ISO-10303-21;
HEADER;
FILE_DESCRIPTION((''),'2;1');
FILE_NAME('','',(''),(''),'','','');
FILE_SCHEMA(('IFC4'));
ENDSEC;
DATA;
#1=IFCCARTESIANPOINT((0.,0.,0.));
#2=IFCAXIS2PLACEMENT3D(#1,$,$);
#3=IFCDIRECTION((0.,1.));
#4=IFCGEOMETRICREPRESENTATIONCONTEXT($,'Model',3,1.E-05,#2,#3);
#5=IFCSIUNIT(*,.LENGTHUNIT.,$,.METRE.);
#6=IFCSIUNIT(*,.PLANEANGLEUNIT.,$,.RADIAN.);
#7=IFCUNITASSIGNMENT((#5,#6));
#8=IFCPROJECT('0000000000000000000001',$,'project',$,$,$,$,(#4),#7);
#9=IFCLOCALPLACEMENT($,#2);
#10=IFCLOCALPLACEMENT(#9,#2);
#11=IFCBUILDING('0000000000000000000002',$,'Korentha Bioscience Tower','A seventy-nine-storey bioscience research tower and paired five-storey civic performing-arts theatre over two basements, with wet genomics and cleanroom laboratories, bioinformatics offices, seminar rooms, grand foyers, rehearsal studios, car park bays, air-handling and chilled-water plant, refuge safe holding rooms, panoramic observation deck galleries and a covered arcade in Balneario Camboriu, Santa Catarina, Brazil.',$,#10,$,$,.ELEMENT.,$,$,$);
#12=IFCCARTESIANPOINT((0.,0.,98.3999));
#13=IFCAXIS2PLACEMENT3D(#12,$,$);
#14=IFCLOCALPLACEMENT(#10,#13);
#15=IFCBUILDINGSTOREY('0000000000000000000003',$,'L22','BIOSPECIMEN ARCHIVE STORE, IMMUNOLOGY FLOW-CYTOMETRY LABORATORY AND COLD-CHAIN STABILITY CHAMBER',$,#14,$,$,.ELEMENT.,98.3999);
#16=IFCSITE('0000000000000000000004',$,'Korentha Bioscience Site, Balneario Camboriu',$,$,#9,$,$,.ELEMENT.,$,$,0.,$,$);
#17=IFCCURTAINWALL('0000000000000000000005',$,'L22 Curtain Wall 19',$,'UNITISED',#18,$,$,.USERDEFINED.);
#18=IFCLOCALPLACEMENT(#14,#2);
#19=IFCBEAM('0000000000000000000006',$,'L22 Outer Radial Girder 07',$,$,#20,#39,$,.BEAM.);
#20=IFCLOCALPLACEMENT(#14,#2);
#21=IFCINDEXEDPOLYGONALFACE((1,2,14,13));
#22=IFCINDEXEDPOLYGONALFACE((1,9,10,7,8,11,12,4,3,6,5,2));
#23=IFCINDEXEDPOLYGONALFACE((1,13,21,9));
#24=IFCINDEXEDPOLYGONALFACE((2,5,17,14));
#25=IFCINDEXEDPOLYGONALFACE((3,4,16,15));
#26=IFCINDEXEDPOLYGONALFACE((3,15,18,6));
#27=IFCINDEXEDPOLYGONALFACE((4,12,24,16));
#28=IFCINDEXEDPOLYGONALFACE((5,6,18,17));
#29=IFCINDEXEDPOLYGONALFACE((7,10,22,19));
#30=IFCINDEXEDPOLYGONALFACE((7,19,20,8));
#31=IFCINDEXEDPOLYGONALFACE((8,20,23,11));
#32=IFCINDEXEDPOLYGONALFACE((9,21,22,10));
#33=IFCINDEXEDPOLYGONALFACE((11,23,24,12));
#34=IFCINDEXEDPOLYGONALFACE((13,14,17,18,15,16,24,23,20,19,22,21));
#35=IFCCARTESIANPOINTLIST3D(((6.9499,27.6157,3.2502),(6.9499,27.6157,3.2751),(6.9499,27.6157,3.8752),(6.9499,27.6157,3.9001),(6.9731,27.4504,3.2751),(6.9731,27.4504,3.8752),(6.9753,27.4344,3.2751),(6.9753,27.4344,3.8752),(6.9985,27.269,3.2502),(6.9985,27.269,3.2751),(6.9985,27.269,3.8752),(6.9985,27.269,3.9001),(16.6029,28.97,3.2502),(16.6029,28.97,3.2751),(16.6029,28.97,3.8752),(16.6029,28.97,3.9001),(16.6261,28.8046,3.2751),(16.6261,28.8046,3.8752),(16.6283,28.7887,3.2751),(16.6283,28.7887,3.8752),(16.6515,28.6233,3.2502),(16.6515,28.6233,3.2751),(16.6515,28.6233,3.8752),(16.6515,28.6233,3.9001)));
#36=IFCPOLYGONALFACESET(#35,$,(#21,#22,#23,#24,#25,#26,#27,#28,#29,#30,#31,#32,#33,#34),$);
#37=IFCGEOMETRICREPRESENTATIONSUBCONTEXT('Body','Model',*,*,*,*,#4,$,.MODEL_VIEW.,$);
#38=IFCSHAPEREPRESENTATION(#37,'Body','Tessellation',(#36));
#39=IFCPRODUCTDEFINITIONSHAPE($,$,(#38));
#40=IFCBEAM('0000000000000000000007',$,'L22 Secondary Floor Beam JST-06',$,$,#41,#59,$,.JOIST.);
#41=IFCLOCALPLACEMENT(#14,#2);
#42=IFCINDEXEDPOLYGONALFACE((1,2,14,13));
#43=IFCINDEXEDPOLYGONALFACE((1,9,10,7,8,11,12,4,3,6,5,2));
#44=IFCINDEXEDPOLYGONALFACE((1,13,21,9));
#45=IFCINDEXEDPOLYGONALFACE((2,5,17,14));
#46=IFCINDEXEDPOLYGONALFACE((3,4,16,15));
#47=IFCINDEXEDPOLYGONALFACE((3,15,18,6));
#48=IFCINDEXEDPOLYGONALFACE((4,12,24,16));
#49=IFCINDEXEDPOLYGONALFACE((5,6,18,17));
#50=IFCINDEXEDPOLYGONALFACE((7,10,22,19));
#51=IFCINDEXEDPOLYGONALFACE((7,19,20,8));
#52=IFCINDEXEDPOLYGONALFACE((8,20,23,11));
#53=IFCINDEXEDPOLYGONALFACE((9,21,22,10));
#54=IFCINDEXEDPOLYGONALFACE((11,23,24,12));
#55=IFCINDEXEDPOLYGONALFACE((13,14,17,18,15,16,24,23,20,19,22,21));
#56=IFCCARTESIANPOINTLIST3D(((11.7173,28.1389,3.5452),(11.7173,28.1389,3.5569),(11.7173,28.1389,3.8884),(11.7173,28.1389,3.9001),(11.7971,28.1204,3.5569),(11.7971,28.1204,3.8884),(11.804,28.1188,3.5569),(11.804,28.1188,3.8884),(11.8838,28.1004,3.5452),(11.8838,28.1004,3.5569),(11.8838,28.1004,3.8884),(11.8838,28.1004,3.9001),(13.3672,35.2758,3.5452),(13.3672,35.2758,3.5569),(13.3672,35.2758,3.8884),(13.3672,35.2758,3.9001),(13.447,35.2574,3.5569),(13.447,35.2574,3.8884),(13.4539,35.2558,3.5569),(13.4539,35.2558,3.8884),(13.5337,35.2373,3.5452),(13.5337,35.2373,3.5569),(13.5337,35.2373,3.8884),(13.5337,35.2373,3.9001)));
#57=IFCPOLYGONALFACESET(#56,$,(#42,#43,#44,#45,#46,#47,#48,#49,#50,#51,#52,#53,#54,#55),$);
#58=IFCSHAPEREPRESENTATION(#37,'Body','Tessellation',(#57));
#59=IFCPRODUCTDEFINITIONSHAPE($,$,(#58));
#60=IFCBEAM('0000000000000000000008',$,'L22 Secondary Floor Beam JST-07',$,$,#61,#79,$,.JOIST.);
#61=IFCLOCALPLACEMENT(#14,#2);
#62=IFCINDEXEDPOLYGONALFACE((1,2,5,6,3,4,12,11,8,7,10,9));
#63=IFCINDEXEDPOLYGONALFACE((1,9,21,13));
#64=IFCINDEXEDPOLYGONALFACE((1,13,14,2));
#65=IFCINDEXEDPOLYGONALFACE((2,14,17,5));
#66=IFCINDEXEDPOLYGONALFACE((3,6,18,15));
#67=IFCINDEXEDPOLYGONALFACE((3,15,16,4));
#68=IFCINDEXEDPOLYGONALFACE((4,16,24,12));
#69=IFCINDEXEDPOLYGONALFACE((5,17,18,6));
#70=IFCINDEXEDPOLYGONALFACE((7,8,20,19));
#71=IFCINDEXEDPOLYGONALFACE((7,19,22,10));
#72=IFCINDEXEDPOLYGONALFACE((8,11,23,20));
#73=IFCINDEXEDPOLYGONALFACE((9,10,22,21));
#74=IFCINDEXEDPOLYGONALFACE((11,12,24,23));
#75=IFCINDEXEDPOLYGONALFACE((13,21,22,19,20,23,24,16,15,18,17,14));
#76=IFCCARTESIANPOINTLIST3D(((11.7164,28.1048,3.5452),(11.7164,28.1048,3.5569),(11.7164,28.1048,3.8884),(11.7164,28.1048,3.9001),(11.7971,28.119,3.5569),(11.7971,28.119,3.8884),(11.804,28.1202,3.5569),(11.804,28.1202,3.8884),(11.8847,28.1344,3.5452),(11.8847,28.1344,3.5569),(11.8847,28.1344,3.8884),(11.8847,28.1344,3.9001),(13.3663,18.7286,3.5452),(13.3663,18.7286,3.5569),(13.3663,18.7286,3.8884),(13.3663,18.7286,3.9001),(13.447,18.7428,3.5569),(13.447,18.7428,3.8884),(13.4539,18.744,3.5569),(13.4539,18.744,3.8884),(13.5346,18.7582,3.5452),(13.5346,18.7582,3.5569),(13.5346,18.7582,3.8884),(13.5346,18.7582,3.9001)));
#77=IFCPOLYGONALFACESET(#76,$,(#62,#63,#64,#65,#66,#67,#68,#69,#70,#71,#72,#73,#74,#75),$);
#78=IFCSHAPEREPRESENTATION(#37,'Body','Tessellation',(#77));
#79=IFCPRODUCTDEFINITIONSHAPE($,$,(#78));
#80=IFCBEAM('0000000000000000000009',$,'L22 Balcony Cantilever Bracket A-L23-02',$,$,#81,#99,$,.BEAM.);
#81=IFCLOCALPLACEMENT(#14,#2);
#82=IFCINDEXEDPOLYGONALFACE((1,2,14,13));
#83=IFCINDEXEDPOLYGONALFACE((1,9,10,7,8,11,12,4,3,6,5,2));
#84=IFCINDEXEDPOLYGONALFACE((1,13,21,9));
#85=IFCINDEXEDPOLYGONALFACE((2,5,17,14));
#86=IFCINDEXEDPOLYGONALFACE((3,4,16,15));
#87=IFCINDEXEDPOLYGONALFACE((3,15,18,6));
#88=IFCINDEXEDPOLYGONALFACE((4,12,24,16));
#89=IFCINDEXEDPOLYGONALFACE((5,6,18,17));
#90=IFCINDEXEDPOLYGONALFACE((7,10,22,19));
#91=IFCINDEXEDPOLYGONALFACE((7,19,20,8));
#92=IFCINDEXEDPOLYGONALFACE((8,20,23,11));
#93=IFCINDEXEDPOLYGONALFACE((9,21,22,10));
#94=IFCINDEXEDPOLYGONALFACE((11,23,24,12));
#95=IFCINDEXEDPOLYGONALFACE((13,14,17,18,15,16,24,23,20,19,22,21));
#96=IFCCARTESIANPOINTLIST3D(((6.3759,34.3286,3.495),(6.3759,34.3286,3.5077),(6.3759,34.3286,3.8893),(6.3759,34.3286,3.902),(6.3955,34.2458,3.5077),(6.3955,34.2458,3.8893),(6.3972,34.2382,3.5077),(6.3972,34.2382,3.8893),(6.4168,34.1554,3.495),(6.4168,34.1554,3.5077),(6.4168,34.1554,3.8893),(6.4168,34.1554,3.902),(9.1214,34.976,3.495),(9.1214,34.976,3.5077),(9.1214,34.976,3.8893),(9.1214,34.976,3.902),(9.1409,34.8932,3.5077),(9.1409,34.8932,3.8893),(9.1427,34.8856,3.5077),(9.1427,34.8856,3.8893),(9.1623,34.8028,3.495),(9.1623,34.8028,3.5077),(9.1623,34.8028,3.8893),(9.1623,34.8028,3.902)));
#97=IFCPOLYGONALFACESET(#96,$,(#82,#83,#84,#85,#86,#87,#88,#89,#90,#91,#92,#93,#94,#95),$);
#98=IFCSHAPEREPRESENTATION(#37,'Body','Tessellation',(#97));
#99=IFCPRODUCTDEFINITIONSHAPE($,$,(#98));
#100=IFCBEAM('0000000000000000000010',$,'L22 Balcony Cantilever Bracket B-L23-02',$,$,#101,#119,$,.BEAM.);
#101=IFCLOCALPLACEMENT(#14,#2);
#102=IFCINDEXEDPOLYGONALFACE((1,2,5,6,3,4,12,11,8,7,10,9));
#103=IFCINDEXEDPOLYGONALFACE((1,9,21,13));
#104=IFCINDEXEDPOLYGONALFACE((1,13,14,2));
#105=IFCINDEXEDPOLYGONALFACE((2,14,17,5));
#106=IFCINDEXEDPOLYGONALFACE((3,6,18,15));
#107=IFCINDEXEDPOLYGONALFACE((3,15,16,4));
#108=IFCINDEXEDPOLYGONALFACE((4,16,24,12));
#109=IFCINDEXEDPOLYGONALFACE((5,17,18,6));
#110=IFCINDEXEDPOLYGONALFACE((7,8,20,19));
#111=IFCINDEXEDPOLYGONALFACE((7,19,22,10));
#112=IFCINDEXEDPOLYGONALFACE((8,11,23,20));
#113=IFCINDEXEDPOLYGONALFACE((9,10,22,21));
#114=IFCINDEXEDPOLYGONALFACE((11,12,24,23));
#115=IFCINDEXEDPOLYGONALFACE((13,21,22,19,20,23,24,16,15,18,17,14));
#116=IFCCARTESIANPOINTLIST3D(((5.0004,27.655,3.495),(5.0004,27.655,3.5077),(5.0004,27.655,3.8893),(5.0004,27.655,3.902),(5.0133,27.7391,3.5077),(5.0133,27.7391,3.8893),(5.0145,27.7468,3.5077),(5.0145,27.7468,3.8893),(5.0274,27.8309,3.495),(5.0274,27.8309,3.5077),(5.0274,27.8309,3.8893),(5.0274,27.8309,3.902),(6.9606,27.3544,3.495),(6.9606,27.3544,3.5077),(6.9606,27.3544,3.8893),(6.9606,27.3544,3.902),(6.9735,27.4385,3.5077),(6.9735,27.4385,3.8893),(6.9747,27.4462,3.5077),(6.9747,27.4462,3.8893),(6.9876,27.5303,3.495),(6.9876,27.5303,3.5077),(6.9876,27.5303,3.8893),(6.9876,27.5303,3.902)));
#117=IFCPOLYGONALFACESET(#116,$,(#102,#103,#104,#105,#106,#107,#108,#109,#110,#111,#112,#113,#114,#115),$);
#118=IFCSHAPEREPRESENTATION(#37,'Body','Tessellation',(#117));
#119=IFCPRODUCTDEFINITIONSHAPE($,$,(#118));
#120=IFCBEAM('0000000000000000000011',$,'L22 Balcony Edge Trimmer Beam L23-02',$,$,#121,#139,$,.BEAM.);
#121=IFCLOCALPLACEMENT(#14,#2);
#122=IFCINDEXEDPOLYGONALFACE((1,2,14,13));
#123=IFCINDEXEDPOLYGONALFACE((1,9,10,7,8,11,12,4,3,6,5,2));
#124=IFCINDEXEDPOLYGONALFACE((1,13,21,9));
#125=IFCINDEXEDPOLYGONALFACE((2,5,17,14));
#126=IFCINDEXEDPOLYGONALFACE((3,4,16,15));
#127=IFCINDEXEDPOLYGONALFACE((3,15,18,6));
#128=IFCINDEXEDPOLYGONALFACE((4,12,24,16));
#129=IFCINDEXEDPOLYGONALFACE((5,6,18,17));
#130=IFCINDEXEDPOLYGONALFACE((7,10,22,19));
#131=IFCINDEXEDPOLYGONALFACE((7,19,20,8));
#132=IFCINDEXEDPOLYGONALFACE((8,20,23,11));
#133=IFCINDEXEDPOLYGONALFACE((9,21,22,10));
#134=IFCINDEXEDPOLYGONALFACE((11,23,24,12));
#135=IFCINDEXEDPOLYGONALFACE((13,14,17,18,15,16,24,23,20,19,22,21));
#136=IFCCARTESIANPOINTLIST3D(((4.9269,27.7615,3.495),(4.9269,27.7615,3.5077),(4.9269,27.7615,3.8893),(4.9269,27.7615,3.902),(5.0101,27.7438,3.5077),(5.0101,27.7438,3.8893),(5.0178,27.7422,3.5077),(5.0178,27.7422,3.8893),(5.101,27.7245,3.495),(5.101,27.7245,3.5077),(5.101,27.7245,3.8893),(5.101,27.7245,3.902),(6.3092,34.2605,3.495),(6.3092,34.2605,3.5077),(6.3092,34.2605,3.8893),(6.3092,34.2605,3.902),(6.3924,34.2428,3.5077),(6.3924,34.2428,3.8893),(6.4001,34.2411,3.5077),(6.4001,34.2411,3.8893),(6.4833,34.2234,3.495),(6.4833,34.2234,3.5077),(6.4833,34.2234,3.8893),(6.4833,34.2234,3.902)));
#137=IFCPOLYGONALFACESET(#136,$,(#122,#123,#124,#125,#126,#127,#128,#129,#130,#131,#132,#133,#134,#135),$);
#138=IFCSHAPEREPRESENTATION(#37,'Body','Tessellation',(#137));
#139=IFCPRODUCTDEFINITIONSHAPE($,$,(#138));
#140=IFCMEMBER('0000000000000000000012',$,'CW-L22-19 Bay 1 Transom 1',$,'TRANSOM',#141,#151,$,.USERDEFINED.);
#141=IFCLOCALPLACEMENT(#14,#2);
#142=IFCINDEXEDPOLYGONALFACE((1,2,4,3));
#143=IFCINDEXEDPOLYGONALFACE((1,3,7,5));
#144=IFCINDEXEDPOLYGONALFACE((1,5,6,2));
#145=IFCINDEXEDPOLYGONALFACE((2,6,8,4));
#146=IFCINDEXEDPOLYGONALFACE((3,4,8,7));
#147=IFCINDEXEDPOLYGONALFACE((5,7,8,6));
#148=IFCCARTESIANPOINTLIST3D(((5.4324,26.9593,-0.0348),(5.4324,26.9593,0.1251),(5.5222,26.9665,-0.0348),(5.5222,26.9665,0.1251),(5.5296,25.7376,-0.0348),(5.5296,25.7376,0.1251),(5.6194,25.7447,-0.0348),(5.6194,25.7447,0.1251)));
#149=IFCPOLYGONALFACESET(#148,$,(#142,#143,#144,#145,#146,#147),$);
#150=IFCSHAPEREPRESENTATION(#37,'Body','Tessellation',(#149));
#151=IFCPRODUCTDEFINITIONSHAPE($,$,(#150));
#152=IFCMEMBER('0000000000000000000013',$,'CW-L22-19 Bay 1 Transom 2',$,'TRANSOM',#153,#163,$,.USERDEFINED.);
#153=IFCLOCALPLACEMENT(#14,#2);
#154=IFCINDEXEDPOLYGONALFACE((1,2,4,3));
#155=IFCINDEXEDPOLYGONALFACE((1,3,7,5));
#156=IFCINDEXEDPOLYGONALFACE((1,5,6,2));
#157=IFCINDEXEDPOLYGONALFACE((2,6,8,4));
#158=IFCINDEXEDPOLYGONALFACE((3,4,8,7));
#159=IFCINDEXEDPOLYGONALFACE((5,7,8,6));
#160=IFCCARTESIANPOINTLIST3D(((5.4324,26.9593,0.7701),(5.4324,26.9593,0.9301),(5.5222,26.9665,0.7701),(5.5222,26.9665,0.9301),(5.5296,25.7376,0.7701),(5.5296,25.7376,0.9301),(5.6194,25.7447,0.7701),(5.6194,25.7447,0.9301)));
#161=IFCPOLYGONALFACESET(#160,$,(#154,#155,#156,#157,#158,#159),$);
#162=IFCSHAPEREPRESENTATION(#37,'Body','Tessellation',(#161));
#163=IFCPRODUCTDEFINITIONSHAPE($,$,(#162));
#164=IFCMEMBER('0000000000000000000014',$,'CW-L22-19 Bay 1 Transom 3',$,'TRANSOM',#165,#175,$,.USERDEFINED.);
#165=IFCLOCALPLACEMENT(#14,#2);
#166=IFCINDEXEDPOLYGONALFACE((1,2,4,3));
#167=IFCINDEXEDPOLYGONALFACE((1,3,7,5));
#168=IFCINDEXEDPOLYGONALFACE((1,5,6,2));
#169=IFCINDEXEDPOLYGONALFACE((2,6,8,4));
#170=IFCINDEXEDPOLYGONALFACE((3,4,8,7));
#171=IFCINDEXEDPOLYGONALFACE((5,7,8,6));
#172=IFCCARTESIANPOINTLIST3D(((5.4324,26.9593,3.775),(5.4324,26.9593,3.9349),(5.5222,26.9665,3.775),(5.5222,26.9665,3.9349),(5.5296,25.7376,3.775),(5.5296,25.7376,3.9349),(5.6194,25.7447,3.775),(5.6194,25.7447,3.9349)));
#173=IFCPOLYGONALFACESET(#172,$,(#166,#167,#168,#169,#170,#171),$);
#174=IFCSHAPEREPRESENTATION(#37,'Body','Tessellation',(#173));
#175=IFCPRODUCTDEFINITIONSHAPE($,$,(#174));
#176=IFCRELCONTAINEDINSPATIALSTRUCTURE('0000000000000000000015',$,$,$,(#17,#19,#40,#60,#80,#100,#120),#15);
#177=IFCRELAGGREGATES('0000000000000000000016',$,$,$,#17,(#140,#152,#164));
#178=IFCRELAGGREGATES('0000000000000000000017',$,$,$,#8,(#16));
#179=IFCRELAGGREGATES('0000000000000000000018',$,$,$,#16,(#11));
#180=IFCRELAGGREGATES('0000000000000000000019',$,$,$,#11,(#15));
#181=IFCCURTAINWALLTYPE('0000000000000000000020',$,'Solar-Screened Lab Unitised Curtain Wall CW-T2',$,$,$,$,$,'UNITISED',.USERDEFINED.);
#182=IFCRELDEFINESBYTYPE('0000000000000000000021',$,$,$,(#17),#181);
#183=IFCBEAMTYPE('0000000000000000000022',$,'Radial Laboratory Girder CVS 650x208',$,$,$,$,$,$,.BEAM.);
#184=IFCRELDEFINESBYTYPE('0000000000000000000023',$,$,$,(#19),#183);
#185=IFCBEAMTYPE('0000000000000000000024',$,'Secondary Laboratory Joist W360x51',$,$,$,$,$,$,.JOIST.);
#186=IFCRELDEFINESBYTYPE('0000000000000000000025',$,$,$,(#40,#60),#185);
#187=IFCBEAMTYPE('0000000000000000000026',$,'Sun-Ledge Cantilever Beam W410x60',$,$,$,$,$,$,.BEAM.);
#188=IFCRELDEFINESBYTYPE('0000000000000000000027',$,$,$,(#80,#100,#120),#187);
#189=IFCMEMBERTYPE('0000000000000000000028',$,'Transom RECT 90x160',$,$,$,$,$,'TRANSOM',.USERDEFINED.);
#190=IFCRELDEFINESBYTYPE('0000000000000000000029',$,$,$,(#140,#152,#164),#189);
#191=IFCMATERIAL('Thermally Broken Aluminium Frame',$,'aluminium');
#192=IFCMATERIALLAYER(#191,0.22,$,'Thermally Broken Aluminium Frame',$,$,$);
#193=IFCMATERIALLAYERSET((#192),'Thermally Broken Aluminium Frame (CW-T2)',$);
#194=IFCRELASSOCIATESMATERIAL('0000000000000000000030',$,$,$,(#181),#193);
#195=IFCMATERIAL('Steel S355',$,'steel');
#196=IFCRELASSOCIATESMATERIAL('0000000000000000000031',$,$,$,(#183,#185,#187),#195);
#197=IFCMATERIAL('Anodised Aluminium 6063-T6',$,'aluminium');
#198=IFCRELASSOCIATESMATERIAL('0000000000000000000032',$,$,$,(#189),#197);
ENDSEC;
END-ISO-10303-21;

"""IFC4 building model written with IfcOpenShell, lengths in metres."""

from ifc_helpers import new_model, si_unit, direction, frame, origin, origin_2d, place, context, subcontext, project, spatial, rectangle, i_section, extrude, material, layer, layer_set, material_profile, profile_set, type_object, element, aggregate, save


model = new_model("IFC4")

# Units and contexts
model_context = context("Model", 3, precision=1e-05, world=origin(), true_north=direction((0.0, 1.0)))
body_context = subcontext(model_context, "Body", "Model", "MODEL_VIEW")
ifc_project = project(units=[si_unit("LENGTHUNIT", "METRE"), si_unit("PLANEANGLEUNIT", "RADIAN")], contexts=[model_context])

# Site, building, storey
site_placement = place(None, origin())
site = spatial("IfcSite", under=ifc_project, at=site_placement, Name="Korentha Bioscience Site, Balneario Camboriu", CompositionType="ELEMENT", RefElevation=0.0)
building_placement = place(site_placement, origin())
building = spatial("IfcBuilding", under=site, at=building_placement, Name="Korentha Bioscience Tower", Description="A seventy-nine-storey bioscience research tower and paired five-storey civic performing-arts theatre over two basements, with wet genomics and cleanroom laboratories, bioinformatics offices, seminar rooms, grand foyers, rehearsal studios, car park bays, air-handling and chilled-water plant, refuge safe holding rooms, panoramic observation deck galleries and a covered arcade in Balneario Camboriu, Santa Catarina, Brazil.", CompositionType="ELEMENT")
storey_placement = place(building_placement, frame((0.0, 0.0, 98.3999)))
storey = spatial("IfcBuildingStorey", under=building, at=storey_placement, Name="L22", Description="BIOSPECIMEN ARCHIVE STORE, IMMUNOLOGY FLOW-CYTOMETRY LABORATORY AND COLD-CHAIN STABILITY CHAMBER", CompositionType="ELEMENT", Elevation=98.3999)

# Shared definitions
ifc_material_1 = material(Name="Steel S355", Category="steel")

# Curtain wall
ifc_material_2 = material(Name="Thermally Broken Aluminium Frame", Category="aluminium")
ifc_layer_1 = layer(ifc_material_2, 0.22, Name="Thermally Broken Aluminium Frame")
ifc_layer_set_1 = layer_set([ifc_layer_1], Name="Thermally Broken Aluminium Frame (CW-T2)")
curtain_wall_type = type_object("IfcCurtainWallType", Name="Solar-Screened Lab Unitised Curtain Wall CW-T2", ElementType="UNITISED", PredefinedType="USERDEFINED", material=ifc_layer_set_1)
curtain_wall_placement = place(storey_placement, origin())
curtain_wall = element("IfcCurtainWall", 1, at=curtain_wall_placement, inside=storey, type_object=curtain_wall_type, Name="L22 Curtain Wall 19", ObjectType="UNITISED", PredefinedType="USERDEFINED")
ifc_material_3 = material(Name="Anodised Aluminium 6063-T6", Category="aluminium")

# Beams
ifc_material_profile_1 = material_profile(ifc_material_1, i_section(OverallWidth=0.3501, OverallDepth=0.6499, WebThickness=0.0161, FlangeThickness=0.0249, at=origin_2d()), Name="Steel S355")
ifc_profile_set_1 = profile_set([ifc_material_profile_1], Name="Steel S355 (RB-650)")
beam_type_1 = type_object("IfcBeamType", Name="Radial Laboratory Girder CVS 650x208", PredefinedType="BEAM", material=ifc_profile_set_1)
beam_1_placement = place(storey_placement, frame((16.6272, 28.7966, 3.5752), z_axis=(-0.990302, -0.138931, 0.0), x_axis=(0.138931, -0.990302, 0.0)))
element("IfcBeam", 2, at=beam_1_placement, inside=storey, type_object=beam_type_1, Name="L22 Outer Radial Girder 07", PredefinedType="BEAM", context=body_context, shape_type="SweptSolid", body=[
    extrude(i_section(OverallWidth=0.3501, OverallDepth=0.6499, WebThickness=0.0161, FlangeThickness=0.0249, at=origin_2d()), origin(), (0.0, 0.0, 1.0), 9.7476),
])
ifc_material_profile_2 = material_profile(ifc_material_1, i_section(OverallWidth=0.1709, OverallDepth=0.355, WebThickness=0.0071, FlangeThickness=0.0117, at=origin_2d()), Name="Steel S355")
ifc_profile_set_2 = profile_set([ifc_material_profile_2], Name="Steel S355 (JB-360)")
beam_type_2 = type_object("IfcBeamType", Name="Secondary Laboratory Joist W360x51", PredefinedType="JOIST", material=ifc_profile_set_2)
beam_2_placement = place(storey_placement, frame((13.4504, 35.2566, 3.7227), z_axis=(-0.225237, -0.974304, 0.0), x_axis=(0.974304, -0.225237, 0.0)))
element("IfcBeam", 3, at=beam_2_placement, inside=storey, type_object=beam_type_2, Name="L22 Secondary Floor Beam JST-06", PredefinedType="JOIST", context=body_context, shape_type="SweptSolid", body=[
    extrude(i_section(OverallWidth=0.1709, OverallDepth=0.355, WebThickness=0.0071, FlangeThickness=0.0117, at=origin_2d()), origin(), (0.0, 0.0, 1.0), 7.3252),
])
beam_3_placement = place(storey_placement, frame((11.8005, 28.1196, 3.7227), z_axis=(0.173304, -0.984868, 0.0), x_axis=(0.984868, 0.173304, 0.0)))
element("IfcBeam", 4, at=beam_3_placement, inside=storey, type_object=beam_type_2, Name="L22 Secondary Floor Beam JST-07", PredefinedType="JOIST", context=body_context, shape_type="SweptSolid", body=[
    extrude(i_section(OverallWidth=0.1709, OverallDepth=0.355, WebThickness=0.0071, FlangeThickness=0.0117, at=origin_2d()), origin(), (0.0, 0.0, 1.0), 9.5203),
])
ifc_material_profile_3 = material_profile(ifc_material_1, i_section(OverallWidth=0.178, OverallDepth=0.407, WebThickness=0.0078, FlangeThickness=0.0127, at=origin_2d()), Name="Steel S355")
ifc_profile_set_3 = profile_set([ifc_material_profile_3], Name="Steel S355 (CB-410)")
beam_type_3 = type_object("IfcBeamType", Name="Sun-Ledge Cantilever Beam W410x60", PredefinedType="BEAM", material=ifc_profile_set_3)
beam_4_placement = place(storey_placement, frame((9.1418, 34.8894, 3.6985), z_axis=(-0.973304, -0.229522, 0.0), x_axis=(0.229522, -0.973304, 0.0)))
element("IfcBeam", 5, at=beam_4_placement, inside=storey, type_object=beam_type_3, Name="L22 Balcony Cantilever Bracket A-L23-02", PredefinedType="BEAM", context=body_context, shape_type="SweptSolid", body=[
    extrude(i_section(OverallWidth=0.178, OverallDepth=0.407, WebThickness=0.0078, FlangeThickness=0.0127, at=origin_2d()), origin(), (0.0, 0.0, 1.0), 2.8208),
])
beam_5_placement = place(storey_placement, frame((6.9741, 27.4424, 3.6985), z_axis=(-0.98845, 0.151548, 0.0), x_axis=(-0.151548, -0.98845, 0.0)))
element("IfcBeam", 6, at=beam_5_placement, inside=storey, type_object=beam_type_3, Name="L22 Balcony Cantilever Bracket B-L23-02", PredefinedType="BEAM", context=body_context, shape_type="SweptSolid", body=[
    extrude(i_section(OverallWidth=0.178, OverallDepth=0.407, WebThickness=0.0078, FlangeThickness=0.0127, at=origin_2d()), origin(), (0.0, 0.0, 1.0), 1.9832),
])
beam_6_placement = place(storey_placement, frame((6.3962, 34.2419, 3.6985), z_axis=(-0.208043, -0.97812, 0.0), x_axis=(0.97812, -0.208043, 0.0)))
element("IfcBeam", 7, at=beam_6_placement, inside=storey, type_object=beam_type_3, Name="L22 Balcony Edge Trimmer Beam L23-02", PredefinedType="BEAM", context=body_context, shape_type="SweptSolid", body=[
    extrude(i_section(OverallWidth=0.178, OverallDepth=0.407, WebThickness=0.0078, FlangeThickness=0.0127, at=origin_2d()), origin(), (0.0, 0.0, 1.0), 6.6443),
])

# Members
ifc_material_profile_4 = material_profile(ifc_material_3, rectangle(XDim=0.0901, YDim=0.1599, at=origin_2d()), Name="Anodised Aluminium 6063-T6")
ifc_profile_set_4 = profile_set([ifc_material_profile_4], Name="Anodised Aluminium 6063-T6 (CW-TRN)")
member_type_1 = type_object("IfcMemberType", Name="Transom RECT 90x160", ElementType="TRANSOM", PredefinedType="USERDEFINED", material=ifc_profile_set_4)
member_1_placement = place(storey_placement, frame((5.4773, 26.9629, 0.0452), z_axis=(0.079286, -0.996852, 0.0), x_axis=(0.996852, 0.079286, 0.0)))
member_1 = element("IfcMember", 8, at=member_1_placement, type_object=member_type_1, Name="CW-L22-19 Bay 1 Transom 1", ObjectType="TRANSOM", PredefinedType="USERDEFINED", context=body_context, shape_type="SweptSolid", body=[
    extrude(rectangle(XDim=0.0901, YDim=0.1599, at=origin_2d()), origin(), (0.0, 0.0, 1.0), 1.2256),
])
member_2_placement = place(storey_placement, frame((5.4773, 26.9629, 0.8501), z_axis=(0.079286, -0.996852, 0.0), x_axis=(0.996852, 0.079286, 0.0)))
member_2 = element("IfcMember", 9, at=member_2_placement, type_object=member_type_1, Name="CW-L22-19 Bay 1 Transom 2", ObjectType="TRANSOM", PredefinedType="USERDEFINED", context=body_context, shape_type="SweptSolid", body=[
    extrude(rectangle(XDim=0.0901, YDim=0.1599, at=origin_2d()), origin(), (0.0, 0.0, 1.0), 1.2256),
])
member_3_placement = place(storey_placement, frame((5.4773, 26.9629, 3.855), z_axis=(0.079286, -0.996852, 0.0), x_axis=(0.996852, 0.079286, 0.0)))
member_3 = element("IfcMember", 10, at=member_3_placement, type_object=member_type_1, Name="CW-L22-19 Bay 1 Transom 3", ObjectType="TRANSOM", PredefinedType="USERDEFINED", context=body_context, shape_type="SweptSolid", body=[
    extrude(rectangle(XDim=0.0901, YDim=0.1599, at=origin_2d()), origin(), (0.0, 0.0, 1.0), 1.2256),
])
aggregate(curtain_wall, [member_1, member_2, member_3])

save(model, "model.ifc")
